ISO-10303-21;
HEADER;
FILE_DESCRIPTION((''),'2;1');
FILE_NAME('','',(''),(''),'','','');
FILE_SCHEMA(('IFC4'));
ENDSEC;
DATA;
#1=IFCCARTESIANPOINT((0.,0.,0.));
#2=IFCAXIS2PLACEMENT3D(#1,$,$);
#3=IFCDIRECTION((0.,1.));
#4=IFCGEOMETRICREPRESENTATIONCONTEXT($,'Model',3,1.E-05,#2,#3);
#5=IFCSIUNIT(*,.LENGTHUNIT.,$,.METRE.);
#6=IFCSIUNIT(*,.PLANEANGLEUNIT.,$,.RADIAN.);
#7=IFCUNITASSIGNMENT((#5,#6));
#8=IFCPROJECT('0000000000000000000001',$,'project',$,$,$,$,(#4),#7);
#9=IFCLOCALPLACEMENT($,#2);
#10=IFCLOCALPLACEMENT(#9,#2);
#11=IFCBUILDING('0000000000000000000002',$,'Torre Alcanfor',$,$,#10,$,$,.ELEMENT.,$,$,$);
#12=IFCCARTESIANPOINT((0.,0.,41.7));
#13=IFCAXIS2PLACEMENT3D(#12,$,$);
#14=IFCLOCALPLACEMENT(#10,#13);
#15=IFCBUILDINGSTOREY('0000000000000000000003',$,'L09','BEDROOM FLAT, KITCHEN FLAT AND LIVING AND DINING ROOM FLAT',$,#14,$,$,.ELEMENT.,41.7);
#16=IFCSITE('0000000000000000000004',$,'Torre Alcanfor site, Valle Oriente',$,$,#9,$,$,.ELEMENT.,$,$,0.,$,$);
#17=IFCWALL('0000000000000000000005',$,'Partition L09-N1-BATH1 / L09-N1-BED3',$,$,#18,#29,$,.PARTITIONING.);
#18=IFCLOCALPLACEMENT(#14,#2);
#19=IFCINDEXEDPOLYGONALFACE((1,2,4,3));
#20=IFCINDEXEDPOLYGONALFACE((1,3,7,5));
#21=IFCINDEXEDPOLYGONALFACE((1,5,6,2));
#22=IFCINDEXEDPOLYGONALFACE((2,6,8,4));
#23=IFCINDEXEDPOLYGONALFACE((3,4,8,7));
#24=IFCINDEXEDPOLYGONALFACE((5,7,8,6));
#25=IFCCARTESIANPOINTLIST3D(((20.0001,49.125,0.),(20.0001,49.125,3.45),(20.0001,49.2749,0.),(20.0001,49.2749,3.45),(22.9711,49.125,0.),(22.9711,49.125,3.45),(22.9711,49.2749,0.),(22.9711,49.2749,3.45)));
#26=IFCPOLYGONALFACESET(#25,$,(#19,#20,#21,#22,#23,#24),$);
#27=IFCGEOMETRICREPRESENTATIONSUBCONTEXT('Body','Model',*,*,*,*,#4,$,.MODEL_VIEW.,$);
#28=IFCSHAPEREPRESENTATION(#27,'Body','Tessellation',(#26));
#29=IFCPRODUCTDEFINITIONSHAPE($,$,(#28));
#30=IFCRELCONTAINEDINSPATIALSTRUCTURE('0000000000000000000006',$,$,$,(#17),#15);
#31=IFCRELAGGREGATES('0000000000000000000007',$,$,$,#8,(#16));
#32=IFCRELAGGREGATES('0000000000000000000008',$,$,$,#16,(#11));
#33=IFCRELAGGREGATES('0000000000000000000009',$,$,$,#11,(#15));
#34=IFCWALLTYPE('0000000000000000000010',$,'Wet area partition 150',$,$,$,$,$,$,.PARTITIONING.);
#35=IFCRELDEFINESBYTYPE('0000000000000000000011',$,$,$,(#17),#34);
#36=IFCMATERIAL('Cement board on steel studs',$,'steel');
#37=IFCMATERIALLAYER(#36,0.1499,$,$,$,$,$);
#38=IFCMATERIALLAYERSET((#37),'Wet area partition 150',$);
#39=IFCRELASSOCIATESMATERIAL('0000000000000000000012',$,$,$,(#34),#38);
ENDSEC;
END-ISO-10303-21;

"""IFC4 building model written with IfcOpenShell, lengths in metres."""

from ifc_helpers import new_model, si_unit, direction, frame, frame_2d, origin, place, context, subcontext, project, spatial, rectangle, extrude, material, layer, layer_set, type_object, element, save


model = new_model("IFC4")

# Units and contexts
model_context = context("Model", 3, precision=1e-05, world=origin(), true_north=direction((0.0, 1.0)))
body_context = subcontext(model_context, "Body", "Model", "MODEL_VIEW")
ifc_project = project(units=[si_unit("LENGTHUNIT", "METRE"), si_unit("PLANEANGLEUNIT", "RADIAN")], contexts=[model_context])

# Site, building, storey
site_placement = place(None, origin())
site = spatial("IfcSite", under=ifc_project, at=site_placement, Name="Torre Alcanfor site, Valle Oriente", CompositionType="ELEMENT", RefElevation=0.0)
building_placement = place(site_placement, origin())
building = spatial("IfcBuilding", under=site, at=building_placement, Name="Torre Alcanfor", CompositionType="ELEMENT")
storey_placement = place(building_placement, frame((0.0, 0.0, 41.7)))
storey = spatial("IfcBuildingStorey", under=building, at=storey_placement, Name="L09", Description="BEDROOM FLAT, KITCHEN FLAT AND LIVING AND DINING ROOM FLAT", CompositionType="ELEMENT", Elevation=41.7)

# Shared definitions
ifc_material_1 = material(Name="Cement board on steel studs", Category="steel")
ifc_layer_1 = layer(ifc_material_1, 0.1499)
ifc_layer_set_1 = layer_set([ifc_layer_1], Name="Wet area partition 150")
wall_type_1 = type_object("IfcWallType", Name="Wet area partition 150", PredefinedType="PARTITIONING", material=ifc_layer_set_1)

# Wall
for number, where, z_axis, x_axis, name in (
    (1, (22.9709, 49.2, 0.0), (0.0, 0.0, 1.0), (-1.0, 0.0, 0.0), "Partition L09-N1-BATH1 / L09-N1-BED3"),
):
    element("IfcWall", number, at=place(storey_placement, frame(where, z_axis=z_axis, x_axis=x_axis)), inside=storey, type_object=wall_type_1, Name=name, PredefinedType="PARTITIONING", context=body_context, shape_type="SweptSolid", body=[
        extrude(rectangle(XDim=2.9709, YDim=0.1499, at=frame_2d((1.4854, 0.0))), origin(), (0.0, 0.0, 1.0), 3.45),
    ])

save(model, "model.ifc")
